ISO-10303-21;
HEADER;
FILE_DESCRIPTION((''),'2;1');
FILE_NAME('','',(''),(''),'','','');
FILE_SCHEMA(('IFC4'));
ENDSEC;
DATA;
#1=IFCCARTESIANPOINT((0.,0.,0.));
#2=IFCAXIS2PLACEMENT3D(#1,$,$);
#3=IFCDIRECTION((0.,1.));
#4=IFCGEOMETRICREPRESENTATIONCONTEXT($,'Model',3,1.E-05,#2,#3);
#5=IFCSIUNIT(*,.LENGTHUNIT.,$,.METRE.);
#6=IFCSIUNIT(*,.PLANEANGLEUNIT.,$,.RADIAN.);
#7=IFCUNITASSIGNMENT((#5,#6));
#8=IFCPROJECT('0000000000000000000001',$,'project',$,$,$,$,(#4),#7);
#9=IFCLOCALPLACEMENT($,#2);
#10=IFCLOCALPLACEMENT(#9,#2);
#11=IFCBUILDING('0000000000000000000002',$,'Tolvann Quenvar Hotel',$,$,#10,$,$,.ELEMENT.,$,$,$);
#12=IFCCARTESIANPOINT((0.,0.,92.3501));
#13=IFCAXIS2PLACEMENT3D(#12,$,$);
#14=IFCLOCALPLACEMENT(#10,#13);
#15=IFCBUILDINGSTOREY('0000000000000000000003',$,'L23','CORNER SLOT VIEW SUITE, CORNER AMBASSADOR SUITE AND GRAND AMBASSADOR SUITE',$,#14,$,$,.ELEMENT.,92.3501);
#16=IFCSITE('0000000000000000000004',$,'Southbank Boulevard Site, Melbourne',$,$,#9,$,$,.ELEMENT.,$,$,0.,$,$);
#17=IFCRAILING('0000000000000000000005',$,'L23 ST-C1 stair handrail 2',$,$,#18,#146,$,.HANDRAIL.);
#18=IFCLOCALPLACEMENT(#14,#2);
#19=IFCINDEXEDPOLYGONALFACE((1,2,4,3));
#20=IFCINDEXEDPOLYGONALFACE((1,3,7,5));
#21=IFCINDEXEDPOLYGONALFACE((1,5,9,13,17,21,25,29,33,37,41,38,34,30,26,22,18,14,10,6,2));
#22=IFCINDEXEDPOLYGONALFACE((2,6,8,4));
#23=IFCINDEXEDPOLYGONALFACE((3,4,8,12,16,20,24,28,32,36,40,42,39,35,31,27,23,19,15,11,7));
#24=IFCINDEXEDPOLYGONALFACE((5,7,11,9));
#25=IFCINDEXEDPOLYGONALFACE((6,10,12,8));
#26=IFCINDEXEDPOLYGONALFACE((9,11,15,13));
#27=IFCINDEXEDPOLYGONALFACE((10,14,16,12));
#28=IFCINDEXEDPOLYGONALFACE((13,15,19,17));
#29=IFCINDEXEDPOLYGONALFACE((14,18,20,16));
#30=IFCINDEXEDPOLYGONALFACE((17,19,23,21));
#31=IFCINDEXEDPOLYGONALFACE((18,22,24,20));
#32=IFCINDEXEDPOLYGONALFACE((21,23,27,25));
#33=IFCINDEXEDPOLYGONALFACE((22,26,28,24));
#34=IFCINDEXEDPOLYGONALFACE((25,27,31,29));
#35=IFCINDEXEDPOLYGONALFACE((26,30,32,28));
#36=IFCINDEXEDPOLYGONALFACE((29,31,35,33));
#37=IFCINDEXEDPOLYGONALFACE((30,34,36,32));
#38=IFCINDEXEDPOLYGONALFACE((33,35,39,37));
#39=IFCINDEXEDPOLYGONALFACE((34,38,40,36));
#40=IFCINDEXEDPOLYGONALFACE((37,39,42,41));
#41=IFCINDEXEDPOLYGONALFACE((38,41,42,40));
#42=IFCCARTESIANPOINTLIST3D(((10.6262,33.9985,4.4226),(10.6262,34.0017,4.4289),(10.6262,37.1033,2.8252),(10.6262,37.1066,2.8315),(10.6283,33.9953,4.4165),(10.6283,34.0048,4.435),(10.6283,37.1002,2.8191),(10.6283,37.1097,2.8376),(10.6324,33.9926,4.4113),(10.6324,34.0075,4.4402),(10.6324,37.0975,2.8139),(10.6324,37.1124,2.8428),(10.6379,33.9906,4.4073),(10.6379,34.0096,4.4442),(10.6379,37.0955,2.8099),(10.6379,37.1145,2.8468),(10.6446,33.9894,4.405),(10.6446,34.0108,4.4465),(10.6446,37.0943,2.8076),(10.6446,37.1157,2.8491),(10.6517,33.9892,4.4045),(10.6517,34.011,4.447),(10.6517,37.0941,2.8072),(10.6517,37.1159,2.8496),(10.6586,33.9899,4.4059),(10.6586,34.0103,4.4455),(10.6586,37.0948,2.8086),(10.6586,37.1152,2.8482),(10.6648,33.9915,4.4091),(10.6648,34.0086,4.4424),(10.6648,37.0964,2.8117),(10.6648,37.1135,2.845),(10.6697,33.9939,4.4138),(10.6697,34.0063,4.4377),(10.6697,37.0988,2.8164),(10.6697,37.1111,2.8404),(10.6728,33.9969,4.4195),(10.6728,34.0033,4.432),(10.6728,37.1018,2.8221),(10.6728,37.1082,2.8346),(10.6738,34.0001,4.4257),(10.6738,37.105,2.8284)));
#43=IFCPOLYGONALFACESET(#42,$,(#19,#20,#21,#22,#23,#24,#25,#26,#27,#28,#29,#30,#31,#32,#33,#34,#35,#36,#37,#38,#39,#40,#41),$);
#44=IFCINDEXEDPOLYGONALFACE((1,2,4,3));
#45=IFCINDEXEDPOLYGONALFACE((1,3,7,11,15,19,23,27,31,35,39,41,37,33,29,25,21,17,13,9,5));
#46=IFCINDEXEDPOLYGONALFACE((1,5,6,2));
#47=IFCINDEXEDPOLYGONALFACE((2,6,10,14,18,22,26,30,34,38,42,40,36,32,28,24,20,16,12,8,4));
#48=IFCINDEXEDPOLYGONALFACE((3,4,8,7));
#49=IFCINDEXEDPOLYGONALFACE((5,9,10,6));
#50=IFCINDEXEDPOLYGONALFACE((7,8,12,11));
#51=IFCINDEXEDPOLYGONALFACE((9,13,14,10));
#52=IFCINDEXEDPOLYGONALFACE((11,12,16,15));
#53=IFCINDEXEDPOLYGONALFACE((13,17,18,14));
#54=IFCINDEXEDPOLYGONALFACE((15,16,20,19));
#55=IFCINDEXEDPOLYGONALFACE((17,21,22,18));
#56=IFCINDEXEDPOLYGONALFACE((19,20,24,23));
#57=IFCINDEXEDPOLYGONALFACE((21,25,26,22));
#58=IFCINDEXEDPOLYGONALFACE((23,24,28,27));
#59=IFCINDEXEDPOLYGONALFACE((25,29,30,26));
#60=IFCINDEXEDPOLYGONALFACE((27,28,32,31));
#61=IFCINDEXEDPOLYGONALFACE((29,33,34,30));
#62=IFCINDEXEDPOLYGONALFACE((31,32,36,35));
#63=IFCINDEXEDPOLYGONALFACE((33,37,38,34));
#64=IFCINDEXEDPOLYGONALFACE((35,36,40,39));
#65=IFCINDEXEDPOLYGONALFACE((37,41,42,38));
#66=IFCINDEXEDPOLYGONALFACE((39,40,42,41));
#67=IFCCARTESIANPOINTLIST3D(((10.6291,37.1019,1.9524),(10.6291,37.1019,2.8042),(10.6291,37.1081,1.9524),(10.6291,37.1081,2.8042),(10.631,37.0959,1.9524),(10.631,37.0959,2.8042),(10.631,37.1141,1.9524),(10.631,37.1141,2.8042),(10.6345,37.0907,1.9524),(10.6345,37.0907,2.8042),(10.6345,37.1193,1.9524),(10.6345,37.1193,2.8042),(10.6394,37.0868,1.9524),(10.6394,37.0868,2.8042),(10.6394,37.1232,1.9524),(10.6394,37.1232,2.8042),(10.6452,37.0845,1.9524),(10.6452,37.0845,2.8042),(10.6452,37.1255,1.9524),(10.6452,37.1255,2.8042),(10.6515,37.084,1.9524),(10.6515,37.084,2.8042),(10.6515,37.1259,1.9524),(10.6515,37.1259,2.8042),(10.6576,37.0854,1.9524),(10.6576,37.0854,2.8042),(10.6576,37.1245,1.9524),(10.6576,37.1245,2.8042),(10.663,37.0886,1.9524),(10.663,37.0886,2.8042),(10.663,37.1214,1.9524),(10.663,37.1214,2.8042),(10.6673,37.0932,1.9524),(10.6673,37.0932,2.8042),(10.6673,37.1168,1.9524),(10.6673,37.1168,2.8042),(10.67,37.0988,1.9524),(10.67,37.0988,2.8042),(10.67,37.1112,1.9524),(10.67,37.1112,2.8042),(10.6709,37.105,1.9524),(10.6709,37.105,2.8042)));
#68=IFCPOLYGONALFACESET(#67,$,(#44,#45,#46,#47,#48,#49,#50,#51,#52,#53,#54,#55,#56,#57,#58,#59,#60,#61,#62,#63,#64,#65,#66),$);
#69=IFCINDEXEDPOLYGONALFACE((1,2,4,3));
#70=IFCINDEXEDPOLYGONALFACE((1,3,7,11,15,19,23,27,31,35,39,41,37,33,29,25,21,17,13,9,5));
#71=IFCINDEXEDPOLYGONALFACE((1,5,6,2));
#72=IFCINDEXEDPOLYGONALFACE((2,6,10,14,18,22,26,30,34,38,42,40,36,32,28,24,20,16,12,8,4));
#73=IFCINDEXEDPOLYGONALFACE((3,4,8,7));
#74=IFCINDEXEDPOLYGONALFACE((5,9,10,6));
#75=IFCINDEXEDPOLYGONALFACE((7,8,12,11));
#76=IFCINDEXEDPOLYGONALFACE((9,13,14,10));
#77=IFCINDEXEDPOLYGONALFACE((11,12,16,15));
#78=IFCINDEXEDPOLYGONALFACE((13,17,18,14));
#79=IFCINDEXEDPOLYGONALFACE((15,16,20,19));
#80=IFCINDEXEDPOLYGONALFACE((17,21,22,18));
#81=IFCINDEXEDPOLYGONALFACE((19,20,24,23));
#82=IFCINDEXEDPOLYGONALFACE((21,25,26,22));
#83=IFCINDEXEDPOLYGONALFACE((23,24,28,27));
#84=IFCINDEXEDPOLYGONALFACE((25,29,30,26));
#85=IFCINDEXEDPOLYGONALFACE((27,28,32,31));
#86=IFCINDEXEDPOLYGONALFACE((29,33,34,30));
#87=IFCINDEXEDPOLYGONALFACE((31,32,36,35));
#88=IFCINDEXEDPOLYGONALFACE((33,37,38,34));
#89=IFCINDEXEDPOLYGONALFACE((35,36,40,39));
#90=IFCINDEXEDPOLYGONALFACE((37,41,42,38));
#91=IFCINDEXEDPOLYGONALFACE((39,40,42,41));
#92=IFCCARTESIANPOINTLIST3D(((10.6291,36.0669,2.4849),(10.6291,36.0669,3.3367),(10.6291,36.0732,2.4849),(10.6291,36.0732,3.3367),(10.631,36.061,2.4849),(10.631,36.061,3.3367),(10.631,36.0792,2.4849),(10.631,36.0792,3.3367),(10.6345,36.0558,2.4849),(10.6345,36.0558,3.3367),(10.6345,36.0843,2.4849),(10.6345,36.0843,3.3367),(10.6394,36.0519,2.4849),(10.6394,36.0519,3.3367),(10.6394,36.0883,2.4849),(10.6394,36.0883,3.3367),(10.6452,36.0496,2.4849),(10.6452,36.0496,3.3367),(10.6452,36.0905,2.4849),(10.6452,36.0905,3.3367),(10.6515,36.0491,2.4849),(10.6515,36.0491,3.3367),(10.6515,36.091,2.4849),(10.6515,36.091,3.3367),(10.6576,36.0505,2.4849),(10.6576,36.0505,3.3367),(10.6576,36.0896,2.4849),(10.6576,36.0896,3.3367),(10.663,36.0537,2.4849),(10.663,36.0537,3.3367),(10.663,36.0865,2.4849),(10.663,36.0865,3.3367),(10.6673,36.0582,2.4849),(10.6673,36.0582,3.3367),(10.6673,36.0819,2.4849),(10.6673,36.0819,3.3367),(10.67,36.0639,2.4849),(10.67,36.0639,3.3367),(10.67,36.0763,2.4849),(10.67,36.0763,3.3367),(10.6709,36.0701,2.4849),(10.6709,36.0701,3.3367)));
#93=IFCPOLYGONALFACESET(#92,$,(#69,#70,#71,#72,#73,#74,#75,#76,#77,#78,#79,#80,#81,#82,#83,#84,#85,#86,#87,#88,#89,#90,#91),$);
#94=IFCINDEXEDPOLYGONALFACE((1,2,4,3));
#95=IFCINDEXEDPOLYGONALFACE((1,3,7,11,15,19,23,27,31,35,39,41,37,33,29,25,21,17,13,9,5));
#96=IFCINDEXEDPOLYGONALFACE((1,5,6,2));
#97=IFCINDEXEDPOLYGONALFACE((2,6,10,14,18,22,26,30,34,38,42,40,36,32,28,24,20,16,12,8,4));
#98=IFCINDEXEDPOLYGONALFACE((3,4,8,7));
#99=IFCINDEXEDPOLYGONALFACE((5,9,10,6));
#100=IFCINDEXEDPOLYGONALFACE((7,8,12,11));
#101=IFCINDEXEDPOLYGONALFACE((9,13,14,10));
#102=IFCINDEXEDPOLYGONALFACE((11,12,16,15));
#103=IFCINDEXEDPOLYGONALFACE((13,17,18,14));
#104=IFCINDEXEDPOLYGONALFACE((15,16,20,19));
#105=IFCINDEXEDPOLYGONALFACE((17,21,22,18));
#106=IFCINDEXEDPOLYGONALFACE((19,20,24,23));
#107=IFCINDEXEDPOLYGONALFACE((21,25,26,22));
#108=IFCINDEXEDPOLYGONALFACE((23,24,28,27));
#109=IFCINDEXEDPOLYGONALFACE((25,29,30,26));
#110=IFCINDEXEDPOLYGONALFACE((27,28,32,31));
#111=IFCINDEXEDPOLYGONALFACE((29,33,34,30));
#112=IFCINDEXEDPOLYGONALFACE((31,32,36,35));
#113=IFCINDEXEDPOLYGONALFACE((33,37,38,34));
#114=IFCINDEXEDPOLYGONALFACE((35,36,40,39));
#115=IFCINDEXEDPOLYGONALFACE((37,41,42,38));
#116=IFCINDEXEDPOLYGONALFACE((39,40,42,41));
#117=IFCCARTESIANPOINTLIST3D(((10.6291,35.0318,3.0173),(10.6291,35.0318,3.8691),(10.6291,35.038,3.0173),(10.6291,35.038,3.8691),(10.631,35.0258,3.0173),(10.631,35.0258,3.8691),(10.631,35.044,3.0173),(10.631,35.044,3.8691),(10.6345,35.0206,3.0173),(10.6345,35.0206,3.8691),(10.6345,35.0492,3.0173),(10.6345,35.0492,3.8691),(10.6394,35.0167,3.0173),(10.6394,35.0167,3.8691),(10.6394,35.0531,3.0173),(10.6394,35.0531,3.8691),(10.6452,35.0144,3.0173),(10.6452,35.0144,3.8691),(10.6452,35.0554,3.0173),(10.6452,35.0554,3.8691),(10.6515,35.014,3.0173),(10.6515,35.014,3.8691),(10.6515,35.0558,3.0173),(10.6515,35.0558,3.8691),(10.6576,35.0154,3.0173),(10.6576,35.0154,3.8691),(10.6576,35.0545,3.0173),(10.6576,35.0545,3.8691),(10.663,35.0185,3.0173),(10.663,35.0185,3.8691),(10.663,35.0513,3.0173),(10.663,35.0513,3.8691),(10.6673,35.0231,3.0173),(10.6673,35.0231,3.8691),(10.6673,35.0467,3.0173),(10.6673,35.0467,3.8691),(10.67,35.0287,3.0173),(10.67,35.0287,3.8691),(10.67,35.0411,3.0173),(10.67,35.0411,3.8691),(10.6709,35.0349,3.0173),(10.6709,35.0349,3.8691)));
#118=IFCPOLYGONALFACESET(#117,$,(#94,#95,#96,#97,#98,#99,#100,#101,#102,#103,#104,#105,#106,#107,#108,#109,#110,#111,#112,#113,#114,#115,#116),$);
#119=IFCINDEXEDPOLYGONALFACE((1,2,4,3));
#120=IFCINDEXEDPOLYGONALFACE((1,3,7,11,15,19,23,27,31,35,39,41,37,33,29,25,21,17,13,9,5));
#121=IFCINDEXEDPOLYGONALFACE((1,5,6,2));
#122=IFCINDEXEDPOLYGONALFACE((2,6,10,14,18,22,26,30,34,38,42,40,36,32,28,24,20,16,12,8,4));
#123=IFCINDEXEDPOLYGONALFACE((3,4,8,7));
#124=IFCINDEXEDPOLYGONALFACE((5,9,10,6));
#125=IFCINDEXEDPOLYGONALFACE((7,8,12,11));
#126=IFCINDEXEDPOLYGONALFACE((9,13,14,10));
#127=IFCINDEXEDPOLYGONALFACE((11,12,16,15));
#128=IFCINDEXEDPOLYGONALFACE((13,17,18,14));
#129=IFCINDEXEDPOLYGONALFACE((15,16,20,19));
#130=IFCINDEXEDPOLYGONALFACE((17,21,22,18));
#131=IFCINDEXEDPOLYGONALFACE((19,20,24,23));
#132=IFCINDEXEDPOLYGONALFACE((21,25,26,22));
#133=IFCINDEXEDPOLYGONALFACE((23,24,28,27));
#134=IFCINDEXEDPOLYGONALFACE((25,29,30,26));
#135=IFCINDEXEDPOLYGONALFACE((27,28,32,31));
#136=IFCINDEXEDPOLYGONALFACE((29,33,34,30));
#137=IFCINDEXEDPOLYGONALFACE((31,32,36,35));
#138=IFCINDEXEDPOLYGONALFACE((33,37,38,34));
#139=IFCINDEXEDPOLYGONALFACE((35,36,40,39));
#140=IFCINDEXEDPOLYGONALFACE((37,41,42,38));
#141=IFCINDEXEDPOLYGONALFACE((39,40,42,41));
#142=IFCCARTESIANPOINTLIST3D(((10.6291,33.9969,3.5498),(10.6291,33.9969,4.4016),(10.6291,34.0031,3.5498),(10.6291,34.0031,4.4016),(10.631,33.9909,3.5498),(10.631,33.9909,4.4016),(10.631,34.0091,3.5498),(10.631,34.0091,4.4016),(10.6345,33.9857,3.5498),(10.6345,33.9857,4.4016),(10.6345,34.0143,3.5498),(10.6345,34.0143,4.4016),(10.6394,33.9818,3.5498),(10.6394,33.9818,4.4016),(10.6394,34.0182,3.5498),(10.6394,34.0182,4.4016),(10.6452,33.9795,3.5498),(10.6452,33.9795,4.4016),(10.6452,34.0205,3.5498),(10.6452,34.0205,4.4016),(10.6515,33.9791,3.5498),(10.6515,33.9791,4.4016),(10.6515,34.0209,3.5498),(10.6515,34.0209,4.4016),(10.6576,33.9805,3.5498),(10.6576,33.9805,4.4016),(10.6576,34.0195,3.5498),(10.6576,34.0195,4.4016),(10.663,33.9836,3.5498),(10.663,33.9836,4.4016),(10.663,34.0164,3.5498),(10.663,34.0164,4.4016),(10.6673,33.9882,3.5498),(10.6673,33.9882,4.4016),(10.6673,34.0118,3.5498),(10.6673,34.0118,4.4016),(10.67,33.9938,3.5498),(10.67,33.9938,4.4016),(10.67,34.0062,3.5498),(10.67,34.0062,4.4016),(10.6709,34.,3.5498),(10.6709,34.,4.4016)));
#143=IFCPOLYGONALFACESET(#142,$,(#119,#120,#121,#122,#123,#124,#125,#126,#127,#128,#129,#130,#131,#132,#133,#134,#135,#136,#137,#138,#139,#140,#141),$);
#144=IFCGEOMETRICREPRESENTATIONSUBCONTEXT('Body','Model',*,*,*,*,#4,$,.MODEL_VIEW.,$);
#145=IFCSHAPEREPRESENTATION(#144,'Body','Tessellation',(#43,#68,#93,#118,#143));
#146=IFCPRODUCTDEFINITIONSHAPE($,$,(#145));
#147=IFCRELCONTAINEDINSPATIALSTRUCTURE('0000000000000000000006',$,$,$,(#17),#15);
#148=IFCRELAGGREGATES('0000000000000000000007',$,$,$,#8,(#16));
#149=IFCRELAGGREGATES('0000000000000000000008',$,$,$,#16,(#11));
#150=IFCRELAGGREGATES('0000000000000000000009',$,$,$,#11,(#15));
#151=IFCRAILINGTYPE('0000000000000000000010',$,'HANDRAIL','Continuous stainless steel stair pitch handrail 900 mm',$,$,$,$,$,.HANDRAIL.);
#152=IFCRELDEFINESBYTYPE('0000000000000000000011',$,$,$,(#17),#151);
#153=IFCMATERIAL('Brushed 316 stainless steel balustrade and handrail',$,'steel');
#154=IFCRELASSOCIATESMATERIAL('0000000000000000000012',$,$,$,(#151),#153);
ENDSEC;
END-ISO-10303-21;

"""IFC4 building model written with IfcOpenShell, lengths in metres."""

from ifc_helpers import new_model, si_unit, direction, frame, origin, origin_2d, place, context, subcontext, project, spatial, circle, extrude, material, type_object, element, save


model = new_model("IFC4")

# Units and contexts
model_context = context("Model", 3, precision=1e-05, world=origin(), true_north=direction((0.0, 1.0)))
body_context = subcontext(model_context, "Body", "Model", "MODEL_VIEW")
ifc_project = project(units=[si_unit("LENGTHUNIT", "METRE"), si_unit("PLANEANGLEUNIT", "RADIAN")], contexts=[model_context])

# Site, building, storey
site_placement = place(None, origin())
site = spatial("IfcSite", under=ifc_project, at=site_placement, Name="Southbank Boulevard Site, Melbourne", CompositionType="ELEMENT", RefElevation=0.0)
building_placement = place(site_placement, origin())
building = spatial("IfcBuilding", under=site, at=building_placement, Name="Tolvann Quenvar Hotel", CompositionType="ELEMENT")
storey_placement = place(building_placement, frame((0.0, 0.0, 92.3501)))
storey = spatial("IfcBuildingStorey", under=building, at=storey_placement, Name="L23", Description="CORNER SLOT VIEW SUITE, CORNER AMBASSADOR SUITE AND GRAND AMBASSADOR SUITE", CompositionType="ELEMENT", Elevation=92.3501)

# Railing
ifc_material_1 = material(Name="Brushed 316 stainless steel balustrade and handrail", Category="steel")
railing_type_1 = type_object("IfcRailingType", Name="HANDRAIL", Description="Continuous stainless steel stair pitch handrail 900 mm", PredefinedType="HANDRAIL", material=ifc_material_1)
railing_1_placement = place(storey_placement, frame((10.6499, 37.105, 1.9524)))
element("IfcRailing", 1, at=railing_1_placement, inside=storey, type_object=railing_type_1, Name="L23 ST-C1 stair handrail 2", PredefinedType="HANDRAIL", context=body_context, shape_type="SweptSolid", body=[
    extrude(circle(Radius=0.0239, at=origin_2d()), frame((0.0, 0.0, 0.876), z_axis=(0.0, -0.889222, 0.457476), x_axis=(1.0, 0.0, 0.0)), (0.0, 0.0, 1.0), 3.4917),
    extrude(circle(Radius=0.021, at=origin_2d()), origin(), (0.0, 0.0, 1.0), 0.8518),
    extrude(circle(Radius=0.021, at=origin_2d()), frame((0.0, -1.0349, 0.5325)), (0.0, 0.0, 1.0), 0.8518),
    extrude(circle(Radius=0.021, at=origin_2d()), frame((0.0, -2.0701, 1.0649)), (0.0, 0.0, 1.0), 0.8518),
    extrude(circle(Radius=0.021, at=origin_2d()), frame((0.0, -3.105, 1.5974)), (0.0, 0.0, 1.0), 0.8518),
])

save(model, "model.ifc")
